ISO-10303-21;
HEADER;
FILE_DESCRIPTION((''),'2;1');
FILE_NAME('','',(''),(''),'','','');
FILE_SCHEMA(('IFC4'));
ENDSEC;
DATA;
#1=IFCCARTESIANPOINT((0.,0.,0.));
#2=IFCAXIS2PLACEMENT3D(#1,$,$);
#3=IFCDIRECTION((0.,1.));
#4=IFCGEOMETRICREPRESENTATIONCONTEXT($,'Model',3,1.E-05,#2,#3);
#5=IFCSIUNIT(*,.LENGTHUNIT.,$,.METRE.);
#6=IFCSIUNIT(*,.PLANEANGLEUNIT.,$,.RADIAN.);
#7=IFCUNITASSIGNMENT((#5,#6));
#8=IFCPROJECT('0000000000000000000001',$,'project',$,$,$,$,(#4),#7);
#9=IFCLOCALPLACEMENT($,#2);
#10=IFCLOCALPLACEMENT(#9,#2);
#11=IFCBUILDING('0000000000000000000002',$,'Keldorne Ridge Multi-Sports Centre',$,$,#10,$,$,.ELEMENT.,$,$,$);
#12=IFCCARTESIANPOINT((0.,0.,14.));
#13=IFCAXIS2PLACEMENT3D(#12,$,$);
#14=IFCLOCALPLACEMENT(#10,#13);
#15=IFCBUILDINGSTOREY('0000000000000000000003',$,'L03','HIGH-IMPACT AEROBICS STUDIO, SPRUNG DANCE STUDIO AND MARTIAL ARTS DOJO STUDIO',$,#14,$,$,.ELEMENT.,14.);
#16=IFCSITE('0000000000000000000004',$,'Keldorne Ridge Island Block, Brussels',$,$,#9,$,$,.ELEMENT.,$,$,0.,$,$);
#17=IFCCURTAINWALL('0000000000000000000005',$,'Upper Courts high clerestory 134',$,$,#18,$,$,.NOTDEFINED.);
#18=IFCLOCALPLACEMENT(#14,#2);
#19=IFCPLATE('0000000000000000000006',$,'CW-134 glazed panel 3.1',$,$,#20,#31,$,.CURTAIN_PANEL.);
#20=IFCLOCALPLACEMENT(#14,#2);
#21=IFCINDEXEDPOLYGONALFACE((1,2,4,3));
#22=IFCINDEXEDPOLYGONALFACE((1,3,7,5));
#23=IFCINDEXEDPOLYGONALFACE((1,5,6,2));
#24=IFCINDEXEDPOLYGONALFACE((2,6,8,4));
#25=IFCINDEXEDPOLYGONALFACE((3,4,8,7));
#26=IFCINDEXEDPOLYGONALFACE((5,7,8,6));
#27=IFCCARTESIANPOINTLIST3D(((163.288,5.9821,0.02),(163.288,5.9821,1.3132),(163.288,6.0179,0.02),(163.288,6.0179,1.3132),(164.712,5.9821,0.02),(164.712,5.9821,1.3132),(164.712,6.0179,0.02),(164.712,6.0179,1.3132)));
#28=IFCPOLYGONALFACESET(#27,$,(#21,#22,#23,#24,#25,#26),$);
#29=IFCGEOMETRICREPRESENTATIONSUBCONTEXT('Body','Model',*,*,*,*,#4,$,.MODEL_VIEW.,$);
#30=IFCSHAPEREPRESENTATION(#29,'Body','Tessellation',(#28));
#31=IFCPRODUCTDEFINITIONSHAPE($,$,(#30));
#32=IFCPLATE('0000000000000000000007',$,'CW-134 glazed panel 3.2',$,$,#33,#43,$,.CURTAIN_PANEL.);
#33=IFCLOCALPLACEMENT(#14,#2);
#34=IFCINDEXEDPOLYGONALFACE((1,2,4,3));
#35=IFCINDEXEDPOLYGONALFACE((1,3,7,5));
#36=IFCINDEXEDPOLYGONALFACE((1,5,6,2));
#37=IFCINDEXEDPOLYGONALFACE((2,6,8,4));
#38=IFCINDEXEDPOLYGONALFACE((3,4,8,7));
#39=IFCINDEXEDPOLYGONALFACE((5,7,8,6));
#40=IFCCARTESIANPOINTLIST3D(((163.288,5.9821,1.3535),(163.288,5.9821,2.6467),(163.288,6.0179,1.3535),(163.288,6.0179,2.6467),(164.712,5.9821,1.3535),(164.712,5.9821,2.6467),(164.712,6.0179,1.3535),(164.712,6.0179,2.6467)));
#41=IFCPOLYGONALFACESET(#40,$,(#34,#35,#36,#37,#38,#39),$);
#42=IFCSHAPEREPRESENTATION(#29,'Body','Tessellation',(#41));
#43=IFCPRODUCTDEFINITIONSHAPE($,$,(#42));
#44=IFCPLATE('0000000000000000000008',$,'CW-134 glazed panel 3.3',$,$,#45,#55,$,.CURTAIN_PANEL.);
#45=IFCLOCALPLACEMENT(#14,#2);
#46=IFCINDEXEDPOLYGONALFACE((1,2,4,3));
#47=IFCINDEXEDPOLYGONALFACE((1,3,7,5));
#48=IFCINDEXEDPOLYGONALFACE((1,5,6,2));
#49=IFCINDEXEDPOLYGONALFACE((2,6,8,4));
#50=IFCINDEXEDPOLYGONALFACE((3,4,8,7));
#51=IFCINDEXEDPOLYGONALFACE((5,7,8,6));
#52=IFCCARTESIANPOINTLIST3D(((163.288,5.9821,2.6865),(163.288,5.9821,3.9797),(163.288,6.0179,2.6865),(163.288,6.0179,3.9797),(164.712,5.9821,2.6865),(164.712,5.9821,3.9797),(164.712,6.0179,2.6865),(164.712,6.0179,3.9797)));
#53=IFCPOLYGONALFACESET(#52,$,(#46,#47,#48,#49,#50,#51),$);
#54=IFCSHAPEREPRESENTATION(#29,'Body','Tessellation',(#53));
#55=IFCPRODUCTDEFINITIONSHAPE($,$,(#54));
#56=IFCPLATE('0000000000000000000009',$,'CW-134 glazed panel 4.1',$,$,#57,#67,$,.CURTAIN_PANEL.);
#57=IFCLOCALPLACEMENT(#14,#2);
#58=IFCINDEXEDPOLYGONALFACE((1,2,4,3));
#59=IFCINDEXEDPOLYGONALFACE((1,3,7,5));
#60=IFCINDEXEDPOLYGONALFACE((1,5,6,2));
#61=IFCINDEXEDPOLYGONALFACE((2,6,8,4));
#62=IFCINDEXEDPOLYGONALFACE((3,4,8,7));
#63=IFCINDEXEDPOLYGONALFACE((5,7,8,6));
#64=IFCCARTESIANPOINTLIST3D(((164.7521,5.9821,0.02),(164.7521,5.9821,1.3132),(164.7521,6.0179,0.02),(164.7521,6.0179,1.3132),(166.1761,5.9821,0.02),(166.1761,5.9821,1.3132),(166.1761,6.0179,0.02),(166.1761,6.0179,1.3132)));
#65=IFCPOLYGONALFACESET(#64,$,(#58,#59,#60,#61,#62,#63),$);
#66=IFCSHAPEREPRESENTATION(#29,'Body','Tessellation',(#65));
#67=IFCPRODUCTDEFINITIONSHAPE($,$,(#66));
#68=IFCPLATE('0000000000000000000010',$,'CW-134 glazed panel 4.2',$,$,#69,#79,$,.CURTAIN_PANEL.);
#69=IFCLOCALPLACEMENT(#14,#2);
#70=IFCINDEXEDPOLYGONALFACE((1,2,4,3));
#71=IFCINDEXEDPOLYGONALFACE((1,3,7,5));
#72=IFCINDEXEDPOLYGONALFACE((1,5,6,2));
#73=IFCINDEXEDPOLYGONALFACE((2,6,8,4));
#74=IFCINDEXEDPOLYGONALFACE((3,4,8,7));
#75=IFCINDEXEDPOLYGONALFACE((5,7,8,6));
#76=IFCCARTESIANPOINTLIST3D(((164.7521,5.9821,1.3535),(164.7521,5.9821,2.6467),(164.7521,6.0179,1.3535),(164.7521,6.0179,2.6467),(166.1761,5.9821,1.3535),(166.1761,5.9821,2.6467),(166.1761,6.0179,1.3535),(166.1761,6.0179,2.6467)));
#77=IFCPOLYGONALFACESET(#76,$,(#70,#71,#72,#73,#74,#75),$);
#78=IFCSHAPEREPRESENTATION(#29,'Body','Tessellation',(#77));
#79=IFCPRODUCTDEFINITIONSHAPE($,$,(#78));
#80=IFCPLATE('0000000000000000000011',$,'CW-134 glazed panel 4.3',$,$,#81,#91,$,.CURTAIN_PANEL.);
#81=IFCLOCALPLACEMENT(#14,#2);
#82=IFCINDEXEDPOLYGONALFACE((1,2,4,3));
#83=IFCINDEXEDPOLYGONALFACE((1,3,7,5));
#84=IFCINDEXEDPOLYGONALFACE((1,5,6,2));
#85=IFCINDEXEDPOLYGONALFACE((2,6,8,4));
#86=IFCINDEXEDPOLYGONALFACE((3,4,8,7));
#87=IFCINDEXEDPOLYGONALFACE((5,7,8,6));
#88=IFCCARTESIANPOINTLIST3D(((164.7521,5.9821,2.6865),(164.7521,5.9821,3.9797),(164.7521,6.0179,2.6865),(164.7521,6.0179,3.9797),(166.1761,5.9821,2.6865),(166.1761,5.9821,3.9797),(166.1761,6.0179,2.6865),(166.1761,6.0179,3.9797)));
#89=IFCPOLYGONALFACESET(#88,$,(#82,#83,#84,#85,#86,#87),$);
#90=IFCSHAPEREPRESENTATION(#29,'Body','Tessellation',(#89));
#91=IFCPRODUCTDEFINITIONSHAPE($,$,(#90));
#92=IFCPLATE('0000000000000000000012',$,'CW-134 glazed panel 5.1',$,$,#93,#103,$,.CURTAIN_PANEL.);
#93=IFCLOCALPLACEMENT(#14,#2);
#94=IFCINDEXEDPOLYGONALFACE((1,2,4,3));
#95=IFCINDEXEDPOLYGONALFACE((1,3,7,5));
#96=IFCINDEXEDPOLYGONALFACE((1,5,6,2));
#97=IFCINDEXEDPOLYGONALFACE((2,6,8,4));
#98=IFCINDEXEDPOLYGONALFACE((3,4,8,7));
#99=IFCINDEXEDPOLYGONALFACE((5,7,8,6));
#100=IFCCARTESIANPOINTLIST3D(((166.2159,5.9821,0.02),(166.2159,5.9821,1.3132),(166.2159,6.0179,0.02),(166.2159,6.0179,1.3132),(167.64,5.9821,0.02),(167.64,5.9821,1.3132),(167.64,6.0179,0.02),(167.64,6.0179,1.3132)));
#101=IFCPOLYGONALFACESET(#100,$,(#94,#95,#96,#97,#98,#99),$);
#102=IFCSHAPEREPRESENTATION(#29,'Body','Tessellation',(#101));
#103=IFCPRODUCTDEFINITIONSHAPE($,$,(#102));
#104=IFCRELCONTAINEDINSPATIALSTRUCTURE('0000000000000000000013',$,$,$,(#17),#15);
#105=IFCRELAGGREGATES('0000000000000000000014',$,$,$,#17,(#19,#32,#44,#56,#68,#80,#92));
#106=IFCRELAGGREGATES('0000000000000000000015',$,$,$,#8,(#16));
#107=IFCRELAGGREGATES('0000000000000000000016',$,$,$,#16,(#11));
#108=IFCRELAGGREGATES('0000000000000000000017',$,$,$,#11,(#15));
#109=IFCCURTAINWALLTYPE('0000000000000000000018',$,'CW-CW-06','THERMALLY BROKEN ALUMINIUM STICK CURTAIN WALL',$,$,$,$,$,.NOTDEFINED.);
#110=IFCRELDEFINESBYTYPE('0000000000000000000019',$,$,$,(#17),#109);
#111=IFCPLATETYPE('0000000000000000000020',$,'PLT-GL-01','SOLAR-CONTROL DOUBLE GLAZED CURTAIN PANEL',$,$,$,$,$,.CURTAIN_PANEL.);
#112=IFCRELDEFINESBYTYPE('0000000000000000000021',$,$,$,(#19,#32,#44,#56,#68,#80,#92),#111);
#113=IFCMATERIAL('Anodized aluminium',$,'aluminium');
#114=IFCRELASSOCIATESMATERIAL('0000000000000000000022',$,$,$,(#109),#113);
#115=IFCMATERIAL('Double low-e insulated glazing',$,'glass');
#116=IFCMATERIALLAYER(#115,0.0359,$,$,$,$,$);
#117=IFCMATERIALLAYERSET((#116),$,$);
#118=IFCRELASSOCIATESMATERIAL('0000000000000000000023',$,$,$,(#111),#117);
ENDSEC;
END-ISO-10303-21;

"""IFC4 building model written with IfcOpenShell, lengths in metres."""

from ifc_helpers import new_model, si_unit, direction, frame, origin, origin_2d, place, context, subcontext, project, spatial, rectangle, extrude, material, layer, layer_set, type_object, element, aggregate, save


model = new_model("IFC4")

# Units and contexts
model_context = context("Model", 3, precision=1e-05, world=origin(), true_north=direction((0.0, 1.0)))
body_context = subcontext(model_context, "Body", "Model", "MODEL_VIEW")
ifc_project = project(units=[si_unit("LENGTHUNIT", "METRE"), si_unit("PLANEANGLEUNIT", "RADIAN")], contexts=[model_context])

# Site, building, storey
site_placement = place(None, origin())
site = spatial("IfcSite", under=ifc_project, at=site_placement, Name="Keldorne Ridge Island Block, Brussels", CompositionType="ELEMENT", RefElevation=0.0)
building_placement = place(site_placement, origin())
building = spatial("IfcBuilding", under=site, at=building_placement, Name="Keldorne Ridge Multi-Sports Centre", CompositionType="ELEMENT")
storey_placement = place(building_placement, frame((0.0, 0.0, 14.0)))
storey = spatial("IfcBuildingStorey", under=building, at=storey_placement, Name="L03", Description="HIGH-IMPACT AEROBICS STUDIO, SPRUNG DANCE STUDIO AND MARTIAL ARTS DOJO STUDIO", CompositionType="ELEMENT", Elevation=14.0)

# Curtain wall, plates
ifc_material_1 = material(Name="Anodized aluminium", Category="aluminium")
curtain_wall_type = type_object("IfcCurtainWallType", Name="CW-CW-06", Description="THERMALLY BROKEN ALUMINIUM STICK CURTAIN WALL", PredefinedType="NOTDEFINED", material=ifc_material_1)
curtain_wall_placement = place(storey_placement, origin())
curtain_wall = element("IfcCurtainWall", 1, at=curtain_wall_placement, inside=storey, type_object=curtain_wall_type, Name="Upper Courts high clerestory 134", PredefinedType="NOTDEFINED")
ifc_material_2 = material(Name="Double low-e insulated glazing", Category="glass")
ifc_layer = layer(ifc_material_2, 0.0359)
ifc_layer_set = layer_set([ifc_layer])
plate_type = type_object("IfcPlateType", Name="PLT-GL-01", Description="SOLAR-CONTROL DOUBLE GLAZED CURTAIN PANEL", PredefinedType="CURTAIN_PANEL", material=ifc_layer_set)
plate_1_placement = place(storey_placement, frame((164.0, 6.0, 0.02), z_axis=(0.0, 0.0, 1.0), x_axis=(1.0, 0.0, 0.0)))
plate_1 = element("IfcPlate", 2, at=plate_1_placement, type_object=plate_type, Name="CW-134 glazed panel 3.1", PredefinedType="CURTAIN_PANEL", context=body_context, shape_type="SweptSolid", body=[
    extrude(rectangle(XDim=1.4241, YDim=0.0359, at=origin_2d()), origin(), (0.0, 0.0, 1.0), 1.2932),
])
plate_2_placement = place(storey_placement, frame((164.0, 6.0, 1.3535), z_axis=(0.0, 0.0, 1.0), x_axis=(1.0, 0.0, 0.0)))
plate_2 = element("IfcPlate", 3, at=plate_2_placement, type_object=plate_type, Name="CW-134 glazed panel 3.2", PredefinedType="CURTAIN_PANEL", context=body_context, shape_type="SweptSolid", body=[
    extrude(rectangle(XDim=1.4241, YDim=0.0359, at=origin_2d()), origin(), (0.0, 0.0, 1.0), 1.2932),
])
plate_3_placement = place(storey_placement, frame((164.0, 6.0, 2.6865), z_axis=(0.0, 0.0, 1.0), x_axis=(1.0, 0.0, 0.0)))
plate_3 = element("IfcPlate", 4, at=plate_3_placement, type_object=plate_type, Name="CW-134 glazed panel 3.3", PredefinedType="CURTAIN_PANEL", context=body_context, shape_type="SweptSolid", body=[
    extrude(rectangle(XDim=1.4241, YDim=0.0359, at=origin_2d()), origin(), (0.0, 0.0, 1.0), 1.2932),
])
plate_4_placement = place(storey_placement, frame((165.4641, 6.0, 0.02), z_axis=(0.0, 0.0, 1.0), x_axis=(1.0, 0.0, 0.0)))
plate_4 = element("IfcPlate", 5, at=plate_4_placement, type_object=plate_type, Name="CW-134 glazed panel 4.1", PredefinedType="CURTAIN_PANEL", context=body_context, shape_type="SweptSolid", body=[
    extrude(rectangle(XDim=1.4241, YDim=0.0359, at=origin_2d()), origin(), (0.0, 0.0, 1.0), 1.2932),
])
plate_5_placement = place(storey_placement, frame((165.4641, 6.0, 1.3535), z_axis=(0.0, 0.0, 1.0), x_axis=(1.0, 0.0, 0.0)))
plate_5 = element("IfcPlate", 6, at=plate_5_placement, type_object=plate_type, Name="CW-134 glazed panel 4.2", PredefinedType="CURTAIN_PANEL", context=body_context, shape_type="SweptSolid", body=[
    extrude(rectangle(XDim=1.4241, YDim=0.0359, at=origin_2d()), origin(), (0.0, 0.0, 1.0), 1.2932),
])
plate_6_placement = place(storey_placement, frame((165.4641, 6.0, 2.6865), z_axis=(0.0, 0.0, 1.0), x_axis=(1.0, 0.0, 0.0)))
plate_6 = element("IfcPlate", 7, at=plate_6_placement, type_object=plate_type, Name="CW-134 glazed panel 4.3", PredefinedType="CURTAIN_PANEL", context=body_context, shape_type="SweptSolid", body=[
    extrude(rectangle(XDim=1.4241, YDim=0.0359, at=origin_2d()), origin(), (0.0, 0.0, 1.0), 1.2932),
])
plate_7_placement = place(storey_placement, frame((166.928, 6.0, 0.02), z_axis=(0.0, 0.0, 1.0), x_axis=(1.0, 0.0, 0.0)))
plate_7 = element("IfcPlate", 8, at=plate_7_placement, type_object=plate_type, Name="CW-134 glazed panel 5.1", PredefinedType="CURTAIN_PANEL", context=body_context, shape_type="SweptSolid", body=[
    extrude(rectangle(XDim=1.4241, YDim=0.0359, at=origin_2d()), origin(), (0.0, 0.0, 1.0), 1.2932),
])
aggregate(curtain_wall, [plate_1, plate_2, plate_3, plate_4, plate_5, plate_6, plate_7])

save(model, "model.ifc")
